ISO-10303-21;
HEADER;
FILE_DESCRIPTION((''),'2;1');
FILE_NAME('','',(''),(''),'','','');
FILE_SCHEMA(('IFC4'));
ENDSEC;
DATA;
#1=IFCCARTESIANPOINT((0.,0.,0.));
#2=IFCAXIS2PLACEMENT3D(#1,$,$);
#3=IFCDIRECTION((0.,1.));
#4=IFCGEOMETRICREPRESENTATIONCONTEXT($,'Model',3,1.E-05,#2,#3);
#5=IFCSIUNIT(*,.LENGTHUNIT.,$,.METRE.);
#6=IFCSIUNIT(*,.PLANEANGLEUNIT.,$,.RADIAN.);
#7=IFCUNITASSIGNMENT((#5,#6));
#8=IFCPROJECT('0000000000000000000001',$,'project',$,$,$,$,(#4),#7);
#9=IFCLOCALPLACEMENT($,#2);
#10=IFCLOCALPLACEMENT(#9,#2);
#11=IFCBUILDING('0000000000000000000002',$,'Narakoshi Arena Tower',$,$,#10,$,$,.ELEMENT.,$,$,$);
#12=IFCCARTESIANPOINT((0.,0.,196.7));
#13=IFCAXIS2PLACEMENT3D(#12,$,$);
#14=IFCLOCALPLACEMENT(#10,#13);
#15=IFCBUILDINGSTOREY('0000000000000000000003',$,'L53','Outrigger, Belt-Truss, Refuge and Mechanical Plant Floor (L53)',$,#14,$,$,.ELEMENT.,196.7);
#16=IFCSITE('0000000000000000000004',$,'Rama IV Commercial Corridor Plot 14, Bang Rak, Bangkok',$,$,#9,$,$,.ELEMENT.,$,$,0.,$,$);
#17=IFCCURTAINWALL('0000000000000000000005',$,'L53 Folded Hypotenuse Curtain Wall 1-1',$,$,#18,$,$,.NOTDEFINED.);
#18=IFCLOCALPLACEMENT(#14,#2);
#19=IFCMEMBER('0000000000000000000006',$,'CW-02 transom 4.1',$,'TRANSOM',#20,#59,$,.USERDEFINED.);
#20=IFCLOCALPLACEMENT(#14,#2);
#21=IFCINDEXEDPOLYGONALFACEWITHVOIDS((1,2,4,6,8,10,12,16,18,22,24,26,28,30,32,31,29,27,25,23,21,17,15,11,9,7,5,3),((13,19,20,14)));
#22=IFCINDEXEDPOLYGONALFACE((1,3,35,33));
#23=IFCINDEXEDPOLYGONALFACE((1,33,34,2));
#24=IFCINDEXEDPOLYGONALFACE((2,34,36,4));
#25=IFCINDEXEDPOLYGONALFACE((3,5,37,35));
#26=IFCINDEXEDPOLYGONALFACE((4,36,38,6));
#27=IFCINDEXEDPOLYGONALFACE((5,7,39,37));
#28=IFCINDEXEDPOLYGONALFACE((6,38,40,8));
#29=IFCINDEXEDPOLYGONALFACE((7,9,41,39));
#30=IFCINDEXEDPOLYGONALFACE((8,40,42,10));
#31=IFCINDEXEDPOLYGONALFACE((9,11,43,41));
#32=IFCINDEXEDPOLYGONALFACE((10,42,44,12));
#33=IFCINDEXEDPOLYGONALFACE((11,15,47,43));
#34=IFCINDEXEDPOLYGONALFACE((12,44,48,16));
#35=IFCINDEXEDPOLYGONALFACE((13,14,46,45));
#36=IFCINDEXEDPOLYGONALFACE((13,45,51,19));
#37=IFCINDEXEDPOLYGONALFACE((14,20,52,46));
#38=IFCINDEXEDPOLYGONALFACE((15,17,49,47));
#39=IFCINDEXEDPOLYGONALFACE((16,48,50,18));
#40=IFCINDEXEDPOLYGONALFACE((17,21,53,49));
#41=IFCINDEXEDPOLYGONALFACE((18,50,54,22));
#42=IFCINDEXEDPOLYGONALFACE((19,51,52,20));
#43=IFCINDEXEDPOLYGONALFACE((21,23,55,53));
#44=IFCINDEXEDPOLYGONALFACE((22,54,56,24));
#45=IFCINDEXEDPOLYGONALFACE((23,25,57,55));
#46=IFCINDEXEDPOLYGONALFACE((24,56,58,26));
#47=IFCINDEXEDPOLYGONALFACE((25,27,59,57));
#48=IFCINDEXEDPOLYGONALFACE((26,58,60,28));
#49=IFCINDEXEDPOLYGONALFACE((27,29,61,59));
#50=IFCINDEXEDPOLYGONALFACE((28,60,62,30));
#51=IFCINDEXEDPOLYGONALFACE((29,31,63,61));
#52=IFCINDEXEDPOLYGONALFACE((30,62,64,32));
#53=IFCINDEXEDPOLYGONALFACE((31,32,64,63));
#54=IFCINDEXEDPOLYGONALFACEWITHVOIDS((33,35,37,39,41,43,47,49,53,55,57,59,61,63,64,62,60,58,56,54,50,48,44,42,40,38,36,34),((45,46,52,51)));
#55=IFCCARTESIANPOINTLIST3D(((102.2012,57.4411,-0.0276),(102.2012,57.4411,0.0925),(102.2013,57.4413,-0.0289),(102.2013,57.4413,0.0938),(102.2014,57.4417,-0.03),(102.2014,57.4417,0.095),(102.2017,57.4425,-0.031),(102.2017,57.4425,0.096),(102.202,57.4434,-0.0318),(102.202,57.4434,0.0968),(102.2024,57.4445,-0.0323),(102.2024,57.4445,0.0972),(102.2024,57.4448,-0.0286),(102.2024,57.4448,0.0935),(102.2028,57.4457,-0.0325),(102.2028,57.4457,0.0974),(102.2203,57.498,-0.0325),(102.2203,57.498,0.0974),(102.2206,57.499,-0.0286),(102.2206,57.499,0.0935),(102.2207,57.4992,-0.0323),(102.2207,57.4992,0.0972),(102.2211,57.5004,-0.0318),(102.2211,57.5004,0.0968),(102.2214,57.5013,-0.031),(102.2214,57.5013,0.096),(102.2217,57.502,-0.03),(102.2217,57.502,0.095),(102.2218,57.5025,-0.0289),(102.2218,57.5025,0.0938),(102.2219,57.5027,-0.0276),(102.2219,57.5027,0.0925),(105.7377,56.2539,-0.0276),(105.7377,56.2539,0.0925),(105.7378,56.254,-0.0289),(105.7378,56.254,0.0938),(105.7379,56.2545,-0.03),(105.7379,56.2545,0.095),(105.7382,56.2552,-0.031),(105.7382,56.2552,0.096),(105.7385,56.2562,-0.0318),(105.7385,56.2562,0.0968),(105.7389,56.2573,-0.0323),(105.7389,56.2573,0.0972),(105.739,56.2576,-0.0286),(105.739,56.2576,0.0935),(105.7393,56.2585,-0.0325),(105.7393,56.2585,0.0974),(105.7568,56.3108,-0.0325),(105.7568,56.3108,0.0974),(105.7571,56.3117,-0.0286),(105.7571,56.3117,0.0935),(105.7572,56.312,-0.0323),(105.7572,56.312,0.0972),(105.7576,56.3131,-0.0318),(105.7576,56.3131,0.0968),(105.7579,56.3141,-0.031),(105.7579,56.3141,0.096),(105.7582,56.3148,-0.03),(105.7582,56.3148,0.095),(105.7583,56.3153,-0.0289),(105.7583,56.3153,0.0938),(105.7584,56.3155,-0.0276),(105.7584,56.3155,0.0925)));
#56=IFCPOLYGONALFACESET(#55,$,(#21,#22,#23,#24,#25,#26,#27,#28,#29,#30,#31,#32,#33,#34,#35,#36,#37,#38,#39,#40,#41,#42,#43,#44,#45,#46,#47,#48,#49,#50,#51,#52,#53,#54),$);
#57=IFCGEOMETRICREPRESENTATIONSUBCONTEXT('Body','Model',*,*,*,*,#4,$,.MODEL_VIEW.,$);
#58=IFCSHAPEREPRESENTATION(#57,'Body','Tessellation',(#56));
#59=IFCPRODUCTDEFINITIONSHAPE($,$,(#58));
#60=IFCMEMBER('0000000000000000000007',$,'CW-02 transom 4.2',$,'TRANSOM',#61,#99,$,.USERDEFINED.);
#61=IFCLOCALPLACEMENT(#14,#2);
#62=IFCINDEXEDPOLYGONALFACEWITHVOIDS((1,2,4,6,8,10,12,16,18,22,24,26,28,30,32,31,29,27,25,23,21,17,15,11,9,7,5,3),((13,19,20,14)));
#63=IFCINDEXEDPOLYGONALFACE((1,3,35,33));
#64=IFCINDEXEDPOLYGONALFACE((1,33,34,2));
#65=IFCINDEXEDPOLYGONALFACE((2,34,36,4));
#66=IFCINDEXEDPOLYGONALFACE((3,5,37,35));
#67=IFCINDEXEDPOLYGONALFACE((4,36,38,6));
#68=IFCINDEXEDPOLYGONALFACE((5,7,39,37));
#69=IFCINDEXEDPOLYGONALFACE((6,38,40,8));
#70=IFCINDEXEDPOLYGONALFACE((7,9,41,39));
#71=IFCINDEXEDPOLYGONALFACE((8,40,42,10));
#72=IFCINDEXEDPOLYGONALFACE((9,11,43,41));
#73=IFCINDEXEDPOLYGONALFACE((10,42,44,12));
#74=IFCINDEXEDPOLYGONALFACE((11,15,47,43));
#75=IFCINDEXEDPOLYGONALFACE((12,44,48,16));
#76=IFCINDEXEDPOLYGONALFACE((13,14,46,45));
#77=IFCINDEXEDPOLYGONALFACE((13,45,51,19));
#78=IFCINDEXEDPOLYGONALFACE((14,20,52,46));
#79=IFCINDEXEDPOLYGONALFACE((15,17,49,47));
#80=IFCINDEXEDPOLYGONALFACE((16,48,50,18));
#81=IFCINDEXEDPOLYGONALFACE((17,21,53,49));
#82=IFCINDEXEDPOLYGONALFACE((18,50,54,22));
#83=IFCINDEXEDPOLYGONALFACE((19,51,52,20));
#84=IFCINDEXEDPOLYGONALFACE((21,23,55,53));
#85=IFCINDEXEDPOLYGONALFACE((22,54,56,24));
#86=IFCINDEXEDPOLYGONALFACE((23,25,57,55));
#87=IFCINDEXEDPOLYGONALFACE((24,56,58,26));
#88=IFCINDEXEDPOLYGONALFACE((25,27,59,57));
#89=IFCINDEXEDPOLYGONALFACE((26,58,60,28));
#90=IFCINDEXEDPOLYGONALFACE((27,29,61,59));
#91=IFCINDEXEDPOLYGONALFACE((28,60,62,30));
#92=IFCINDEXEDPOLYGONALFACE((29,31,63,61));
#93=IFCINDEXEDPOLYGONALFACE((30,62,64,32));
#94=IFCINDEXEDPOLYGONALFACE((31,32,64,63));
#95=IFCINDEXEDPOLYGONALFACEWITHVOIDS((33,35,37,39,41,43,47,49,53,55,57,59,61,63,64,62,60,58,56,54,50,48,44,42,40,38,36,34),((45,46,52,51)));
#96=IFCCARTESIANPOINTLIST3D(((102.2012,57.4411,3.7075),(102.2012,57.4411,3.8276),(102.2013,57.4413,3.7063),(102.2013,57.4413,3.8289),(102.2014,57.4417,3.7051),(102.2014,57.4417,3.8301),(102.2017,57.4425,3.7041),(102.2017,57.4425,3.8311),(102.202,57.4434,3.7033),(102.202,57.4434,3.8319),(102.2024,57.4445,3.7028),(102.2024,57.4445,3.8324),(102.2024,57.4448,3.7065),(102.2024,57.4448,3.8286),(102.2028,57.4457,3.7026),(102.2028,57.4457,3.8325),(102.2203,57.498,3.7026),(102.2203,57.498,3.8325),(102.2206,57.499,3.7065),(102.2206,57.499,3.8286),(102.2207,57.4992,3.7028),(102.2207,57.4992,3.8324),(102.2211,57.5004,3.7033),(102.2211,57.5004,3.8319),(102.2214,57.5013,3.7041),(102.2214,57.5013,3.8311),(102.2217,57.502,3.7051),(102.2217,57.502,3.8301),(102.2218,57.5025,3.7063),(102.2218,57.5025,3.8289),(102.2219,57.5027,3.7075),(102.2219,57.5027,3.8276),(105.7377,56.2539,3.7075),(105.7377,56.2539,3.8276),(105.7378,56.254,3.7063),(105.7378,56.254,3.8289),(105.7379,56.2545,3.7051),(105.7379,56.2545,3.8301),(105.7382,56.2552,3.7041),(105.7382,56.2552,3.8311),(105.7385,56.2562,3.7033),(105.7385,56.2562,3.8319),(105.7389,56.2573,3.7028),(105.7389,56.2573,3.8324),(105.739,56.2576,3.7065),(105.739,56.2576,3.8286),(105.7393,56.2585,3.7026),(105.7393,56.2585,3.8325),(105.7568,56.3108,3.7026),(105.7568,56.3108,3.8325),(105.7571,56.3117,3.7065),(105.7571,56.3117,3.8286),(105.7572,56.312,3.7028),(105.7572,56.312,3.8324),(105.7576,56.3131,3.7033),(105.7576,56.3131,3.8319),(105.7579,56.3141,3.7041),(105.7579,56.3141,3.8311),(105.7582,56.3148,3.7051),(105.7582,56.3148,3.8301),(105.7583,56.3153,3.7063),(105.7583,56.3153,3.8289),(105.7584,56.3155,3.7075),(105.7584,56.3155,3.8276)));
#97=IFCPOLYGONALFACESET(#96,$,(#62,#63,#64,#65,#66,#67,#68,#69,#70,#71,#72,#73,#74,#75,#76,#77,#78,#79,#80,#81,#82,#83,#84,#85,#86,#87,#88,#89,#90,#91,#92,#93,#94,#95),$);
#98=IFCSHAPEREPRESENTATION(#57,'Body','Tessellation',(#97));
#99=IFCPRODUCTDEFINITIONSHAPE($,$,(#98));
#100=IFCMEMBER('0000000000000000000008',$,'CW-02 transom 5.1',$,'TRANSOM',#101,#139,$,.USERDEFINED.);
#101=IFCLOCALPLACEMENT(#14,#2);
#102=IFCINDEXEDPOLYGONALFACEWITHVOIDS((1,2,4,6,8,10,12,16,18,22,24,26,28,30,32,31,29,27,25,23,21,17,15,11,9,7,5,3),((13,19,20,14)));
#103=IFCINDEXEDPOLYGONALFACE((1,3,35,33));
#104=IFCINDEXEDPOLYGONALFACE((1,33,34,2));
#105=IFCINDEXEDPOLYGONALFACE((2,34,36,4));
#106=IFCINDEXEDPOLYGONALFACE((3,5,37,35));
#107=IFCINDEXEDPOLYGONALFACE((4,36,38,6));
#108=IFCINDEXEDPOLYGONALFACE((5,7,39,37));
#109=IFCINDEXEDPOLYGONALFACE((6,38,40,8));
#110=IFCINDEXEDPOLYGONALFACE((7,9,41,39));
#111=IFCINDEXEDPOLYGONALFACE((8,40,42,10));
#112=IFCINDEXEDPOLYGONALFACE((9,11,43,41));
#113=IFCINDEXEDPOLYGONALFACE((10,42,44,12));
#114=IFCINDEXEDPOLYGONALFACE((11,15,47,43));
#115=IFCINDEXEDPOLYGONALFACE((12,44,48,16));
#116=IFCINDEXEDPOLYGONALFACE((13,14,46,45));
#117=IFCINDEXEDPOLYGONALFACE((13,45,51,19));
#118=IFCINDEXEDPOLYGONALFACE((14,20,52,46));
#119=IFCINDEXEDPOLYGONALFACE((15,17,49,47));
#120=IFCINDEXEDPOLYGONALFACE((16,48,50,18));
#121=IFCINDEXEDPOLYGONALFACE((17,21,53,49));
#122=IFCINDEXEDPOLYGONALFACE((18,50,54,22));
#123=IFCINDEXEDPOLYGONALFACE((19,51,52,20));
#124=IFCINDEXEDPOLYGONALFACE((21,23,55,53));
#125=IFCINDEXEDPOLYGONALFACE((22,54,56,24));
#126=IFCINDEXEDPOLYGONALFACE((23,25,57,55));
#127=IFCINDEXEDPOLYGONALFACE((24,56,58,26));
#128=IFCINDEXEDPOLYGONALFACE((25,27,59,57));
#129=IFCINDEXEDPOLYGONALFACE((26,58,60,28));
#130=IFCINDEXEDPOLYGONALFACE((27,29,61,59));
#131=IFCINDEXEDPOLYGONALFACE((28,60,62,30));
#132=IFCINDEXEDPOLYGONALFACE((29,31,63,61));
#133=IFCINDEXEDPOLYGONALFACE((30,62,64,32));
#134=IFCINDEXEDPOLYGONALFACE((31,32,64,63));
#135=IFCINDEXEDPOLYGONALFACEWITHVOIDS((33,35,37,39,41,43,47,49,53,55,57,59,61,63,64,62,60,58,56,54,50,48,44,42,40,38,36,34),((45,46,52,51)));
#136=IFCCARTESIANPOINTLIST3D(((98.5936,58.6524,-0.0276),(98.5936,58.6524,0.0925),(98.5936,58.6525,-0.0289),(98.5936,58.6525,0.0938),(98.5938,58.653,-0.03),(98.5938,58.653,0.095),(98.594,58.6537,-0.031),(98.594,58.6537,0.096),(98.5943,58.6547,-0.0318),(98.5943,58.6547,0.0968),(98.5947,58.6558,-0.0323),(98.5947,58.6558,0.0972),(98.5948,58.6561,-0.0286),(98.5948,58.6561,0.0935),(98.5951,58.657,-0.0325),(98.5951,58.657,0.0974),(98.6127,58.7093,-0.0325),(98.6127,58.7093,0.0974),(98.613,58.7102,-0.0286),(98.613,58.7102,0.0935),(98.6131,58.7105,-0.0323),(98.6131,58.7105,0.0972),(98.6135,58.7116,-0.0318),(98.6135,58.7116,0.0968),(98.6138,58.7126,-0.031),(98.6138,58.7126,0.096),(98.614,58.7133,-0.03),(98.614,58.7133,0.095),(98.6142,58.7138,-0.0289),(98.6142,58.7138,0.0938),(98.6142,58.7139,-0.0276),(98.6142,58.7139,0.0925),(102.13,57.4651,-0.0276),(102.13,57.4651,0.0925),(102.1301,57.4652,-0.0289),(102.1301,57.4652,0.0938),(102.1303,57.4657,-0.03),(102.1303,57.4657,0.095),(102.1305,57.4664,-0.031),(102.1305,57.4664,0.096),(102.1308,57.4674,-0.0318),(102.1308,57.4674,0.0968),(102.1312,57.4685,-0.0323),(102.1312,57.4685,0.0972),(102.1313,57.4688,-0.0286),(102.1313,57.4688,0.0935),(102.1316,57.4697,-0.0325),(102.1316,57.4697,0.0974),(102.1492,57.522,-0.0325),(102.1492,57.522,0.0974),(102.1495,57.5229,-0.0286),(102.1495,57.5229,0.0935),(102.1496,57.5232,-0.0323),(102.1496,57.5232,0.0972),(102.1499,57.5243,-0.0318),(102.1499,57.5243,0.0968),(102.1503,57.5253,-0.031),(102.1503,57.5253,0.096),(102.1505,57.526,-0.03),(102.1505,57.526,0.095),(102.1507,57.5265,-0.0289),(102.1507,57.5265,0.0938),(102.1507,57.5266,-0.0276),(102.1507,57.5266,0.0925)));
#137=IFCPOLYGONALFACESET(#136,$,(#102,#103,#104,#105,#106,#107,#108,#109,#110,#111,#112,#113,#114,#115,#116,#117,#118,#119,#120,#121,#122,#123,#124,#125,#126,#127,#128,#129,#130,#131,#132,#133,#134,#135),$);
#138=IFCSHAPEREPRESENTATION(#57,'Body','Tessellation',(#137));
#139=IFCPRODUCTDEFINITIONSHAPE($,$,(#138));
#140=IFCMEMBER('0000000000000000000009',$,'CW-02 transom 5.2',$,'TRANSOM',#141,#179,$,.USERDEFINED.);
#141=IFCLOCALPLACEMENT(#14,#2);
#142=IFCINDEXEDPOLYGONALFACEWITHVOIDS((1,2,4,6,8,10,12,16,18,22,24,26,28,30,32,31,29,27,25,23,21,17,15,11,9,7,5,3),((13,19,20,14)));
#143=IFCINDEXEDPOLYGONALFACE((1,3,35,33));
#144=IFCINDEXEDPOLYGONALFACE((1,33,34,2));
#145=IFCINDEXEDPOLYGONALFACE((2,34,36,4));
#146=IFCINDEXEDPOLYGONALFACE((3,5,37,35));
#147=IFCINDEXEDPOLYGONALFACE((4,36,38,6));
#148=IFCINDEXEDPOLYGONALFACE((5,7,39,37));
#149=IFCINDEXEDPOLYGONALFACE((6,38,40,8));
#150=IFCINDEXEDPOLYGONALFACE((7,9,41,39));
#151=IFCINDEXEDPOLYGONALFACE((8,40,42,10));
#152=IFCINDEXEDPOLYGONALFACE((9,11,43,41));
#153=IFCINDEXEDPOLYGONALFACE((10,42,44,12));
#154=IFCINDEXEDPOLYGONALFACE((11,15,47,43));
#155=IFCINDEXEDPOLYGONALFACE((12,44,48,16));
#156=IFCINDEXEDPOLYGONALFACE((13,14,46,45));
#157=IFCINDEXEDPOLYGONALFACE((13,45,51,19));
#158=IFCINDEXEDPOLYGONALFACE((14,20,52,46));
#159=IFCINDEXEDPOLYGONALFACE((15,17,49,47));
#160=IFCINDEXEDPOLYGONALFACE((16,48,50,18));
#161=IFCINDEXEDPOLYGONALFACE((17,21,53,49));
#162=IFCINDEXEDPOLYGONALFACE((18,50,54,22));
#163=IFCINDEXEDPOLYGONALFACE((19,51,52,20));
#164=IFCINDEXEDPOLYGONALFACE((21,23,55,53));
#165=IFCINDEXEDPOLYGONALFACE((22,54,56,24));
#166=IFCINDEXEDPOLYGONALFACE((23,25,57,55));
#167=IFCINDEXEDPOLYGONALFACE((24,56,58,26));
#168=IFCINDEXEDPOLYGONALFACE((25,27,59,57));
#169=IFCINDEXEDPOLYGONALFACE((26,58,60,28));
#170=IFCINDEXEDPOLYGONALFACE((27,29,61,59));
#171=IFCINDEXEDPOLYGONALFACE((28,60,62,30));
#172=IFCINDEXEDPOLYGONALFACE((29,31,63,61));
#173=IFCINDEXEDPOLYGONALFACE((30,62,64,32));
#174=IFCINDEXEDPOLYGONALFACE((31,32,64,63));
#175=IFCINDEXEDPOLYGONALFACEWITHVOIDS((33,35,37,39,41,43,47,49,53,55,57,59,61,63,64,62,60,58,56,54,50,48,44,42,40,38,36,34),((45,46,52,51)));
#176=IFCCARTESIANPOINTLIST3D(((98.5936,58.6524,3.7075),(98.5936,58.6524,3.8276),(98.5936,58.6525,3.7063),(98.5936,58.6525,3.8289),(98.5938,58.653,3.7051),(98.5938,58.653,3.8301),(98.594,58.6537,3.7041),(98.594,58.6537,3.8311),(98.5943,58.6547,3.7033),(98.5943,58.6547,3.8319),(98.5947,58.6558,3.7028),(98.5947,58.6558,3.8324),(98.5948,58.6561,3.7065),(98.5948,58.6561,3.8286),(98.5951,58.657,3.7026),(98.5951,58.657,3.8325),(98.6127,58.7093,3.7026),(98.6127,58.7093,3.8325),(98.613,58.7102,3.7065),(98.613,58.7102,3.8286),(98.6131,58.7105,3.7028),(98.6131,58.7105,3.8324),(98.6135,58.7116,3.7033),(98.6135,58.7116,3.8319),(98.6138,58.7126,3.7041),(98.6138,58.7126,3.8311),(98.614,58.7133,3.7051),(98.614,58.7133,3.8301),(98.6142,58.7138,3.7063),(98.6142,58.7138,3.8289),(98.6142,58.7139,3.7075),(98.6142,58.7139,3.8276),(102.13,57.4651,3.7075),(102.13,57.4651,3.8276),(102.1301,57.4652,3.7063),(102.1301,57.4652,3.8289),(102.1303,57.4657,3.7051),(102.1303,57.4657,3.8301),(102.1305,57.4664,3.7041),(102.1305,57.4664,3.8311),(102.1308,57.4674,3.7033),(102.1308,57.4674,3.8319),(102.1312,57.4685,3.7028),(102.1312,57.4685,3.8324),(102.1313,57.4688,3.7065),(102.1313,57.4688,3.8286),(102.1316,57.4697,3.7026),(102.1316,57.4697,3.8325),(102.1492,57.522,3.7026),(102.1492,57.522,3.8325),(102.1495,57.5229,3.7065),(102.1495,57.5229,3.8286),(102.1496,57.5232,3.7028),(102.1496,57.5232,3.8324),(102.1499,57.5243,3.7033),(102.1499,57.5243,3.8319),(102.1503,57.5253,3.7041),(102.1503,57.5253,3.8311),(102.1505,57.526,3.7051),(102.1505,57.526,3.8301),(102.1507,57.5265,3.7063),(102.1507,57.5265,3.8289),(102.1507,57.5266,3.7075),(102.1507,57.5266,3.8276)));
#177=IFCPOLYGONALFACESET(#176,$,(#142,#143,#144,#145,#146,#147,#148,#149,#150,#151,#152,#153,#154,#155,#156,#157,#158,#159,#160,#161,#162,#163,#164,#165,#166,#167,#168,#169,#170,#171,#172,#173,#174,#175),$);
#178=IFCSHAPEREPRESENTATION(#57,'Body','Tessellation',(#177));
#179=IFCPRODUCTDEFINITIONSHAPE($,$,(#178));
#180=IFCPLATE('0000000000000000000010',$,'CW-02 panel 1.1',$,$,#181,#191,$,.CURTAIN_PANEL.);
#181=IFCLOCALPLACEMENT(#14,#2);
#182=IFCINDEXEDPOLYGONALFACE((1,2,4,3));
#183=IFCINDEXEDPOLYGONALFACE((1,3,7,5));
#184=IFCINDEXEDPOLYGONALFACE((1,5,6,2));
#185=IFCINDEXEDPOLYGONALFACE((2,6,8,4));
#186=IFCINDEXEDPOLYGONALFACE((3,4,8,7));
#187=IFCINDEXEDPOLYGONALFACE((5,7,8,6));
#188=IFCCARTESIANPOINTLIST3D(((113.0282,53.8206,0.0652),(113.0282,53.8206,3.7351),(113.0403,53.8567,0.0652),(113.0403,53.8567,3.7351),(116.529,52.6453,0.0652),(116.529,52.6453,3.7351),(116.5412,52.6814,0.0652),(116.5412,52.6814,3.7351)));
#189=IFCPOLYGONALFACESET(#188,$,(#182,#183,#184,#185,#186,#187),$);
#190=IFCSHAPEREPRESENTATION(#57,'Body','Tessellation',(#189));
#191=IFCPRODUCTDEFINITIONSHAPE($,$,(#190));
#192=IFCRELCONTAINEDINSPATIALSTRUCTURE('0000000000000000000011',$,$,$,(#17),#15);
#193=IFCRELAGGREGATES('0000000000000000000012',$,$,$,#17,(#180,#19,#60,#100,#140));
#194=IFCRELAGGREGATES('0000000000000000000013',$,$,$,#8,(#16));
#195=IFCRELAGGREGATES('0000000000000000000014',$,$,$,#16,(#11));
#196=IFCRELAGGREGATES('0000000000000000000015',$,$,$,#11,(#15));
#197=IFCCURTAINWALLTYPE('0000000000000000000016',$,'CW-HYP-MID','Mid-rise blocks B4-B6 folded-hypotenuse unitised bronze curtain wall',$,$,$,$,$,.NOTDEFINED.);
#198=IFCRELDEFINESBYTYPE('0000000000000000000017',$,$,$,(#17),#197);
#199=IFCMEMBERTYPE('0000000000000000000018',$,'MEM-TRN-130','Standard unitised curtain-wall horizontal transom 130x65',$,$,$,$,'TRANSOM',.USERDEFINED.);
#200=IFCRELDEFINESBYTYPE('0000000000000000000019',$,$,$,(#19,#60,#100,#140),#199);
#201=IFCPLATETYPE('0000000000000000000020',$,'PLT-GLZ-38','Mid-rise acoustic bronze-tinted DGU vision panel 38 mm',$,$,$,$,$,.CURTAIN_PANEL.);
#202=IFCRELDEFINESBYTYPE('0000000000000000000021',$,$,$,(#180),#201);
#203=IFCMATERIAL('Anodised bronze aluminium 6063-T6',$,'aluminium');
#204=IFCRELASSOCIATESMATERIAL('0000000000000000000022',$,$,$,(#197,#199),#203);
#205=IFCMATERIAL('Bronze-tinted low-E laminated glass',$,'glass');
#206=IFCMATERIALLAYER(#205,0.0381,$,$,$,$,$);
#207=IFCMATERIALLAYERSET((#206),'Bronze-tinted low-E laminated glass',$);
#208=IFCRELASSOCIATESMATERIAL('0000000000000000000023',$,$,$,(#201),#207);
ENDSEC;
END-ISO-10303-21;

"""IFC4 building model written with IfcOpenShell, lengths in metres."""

from ifc_helpers import new_model, si_unit, direction, frame, origin, origin_2d, place, context, subcontext, project, spatial, rectangle, hollow_rectangle, extrude, material, layer, layer_set, material_profile, profile_set, type_object, element, aggregate, save


model = new_model("IFC4")

# Units and contexts
model_context = context("Model", 3, precision=1e-05, world=origin(), true_north=direction((0.0, 1.0)))
body_context = subcontext(model_context, "Body", "Model", "MODEL_VIEW")
ifc_project = project(units=[si_unit("LENGTHUNIT", "METRE"), si_unit("PLANEANGLEUNIT", "RADIAN")], contexts=[model_context])

# Site, building, storey
site_placement = place(None, origin())
site = spatial("IfcSite", under=ifc_project, at=site_placement, Name="Rama IV Commercial Corridor Plot 14, Bang Rak, Bangkok", CompositionType="ELEMENT", RefElevation=0.0)
building_placement = place(site_placement, origin())
building = spatial("IfcBuilding", under=site, at=building_placement, Name="Narakoshi Arena Tower", CompositionType="ELEMENT")
storey_placement = place(building_placement, frame((0.0, 0.0, 196.7)))
storey = spatial("IfcBuildingStorey", under=building, at=storey_placement, Name="L53", Description="Outrigger, Belt-Truss, Refuge and Mechanical Plant Floor (L53)", CompositionType="ELEMENT", Elevation=196.7)

# Curtain wall, members, plate
ifc_material_1 = material(Name="Anodised bronze aluminium 6063-T6", Category="aluminium")
curtain_wall_type = type_object("IfcCurtainWallType", Name="CW-HYP-MID", Description="Mid-rise blocks B4-B6 folded-hypotenuse unitised bronze curtain wall", PredefinedType="NOTDEFINED", material=ifc_material_1)
curtain_wall_placement = place(storey_placement, origin())
curtain_wall = element("IfcCurtainWall", 1, at=curtain_wall_placement, inside=storey, type_object=curtain_wall_type, Name="L53 Folded Hypotenuse Curtain Wall 1-1", PredefinedType="NOTDEFINED")
ifc_material_profile_1 = material_profile(ifc_material_1, hollow_rectangle(XDim=0.0649, YDim=0.1299, WallThickness=0.0039, OuterFilletRadius=0.0049, at=origin_2d()), Name="TRN130x65x4")
ifc_profile_set_1 = profile_set([ifc_material_profile_1], Name="Anodised bronze aluminium 6063-T6")
member_type_1 = type_object("IfcMemberType", Name="MEM-TRN-130", Description="Standard unitised curtain-wall horizontal transom 130x65", ElementType="TRANSOM", PredefinedType="USERDEFINED", material=ifc_profile_set_1)
member_1_placement = place(storey_placement, frame((105.748, 56.2847, 0.0325), z_axis=(-0.948007, 0.318249, 0.0), x_axis=(-0.318249, -0.948007, 0.0)))
member_1 = element("IfcMember", 2, at=member_1_placement, type_object=member_type_1, Name="CW-02 transom 4.1", ObjectType="TRANSOM", PredefinedType="USERDEFINED", context=body_context, shape_type="SweptSolid", body=[
    extrude(hollow_rectangle(XDim=0.0649, YDim=0.1299, WallThickness=0.0039, OuterFilletRadius=0.0049, at=origin_2d()), origin(), (0.0, 0.0, 1.0), 3.7305),
])
member_2_placement = place(storey_placement, frame((105.748, 56.2847, 3.7676), z_axis=(-0.948007, 0.318249, 0.0), x_axis=(-0.318249, -0.948007, 0.0)))
member_2 = element("IfcMember", 3, at=member_2_placement, type_object=member_type_1, Name="CW-02 transom 4.2", ObjectType="TRANSOM", PredefinedType="USERDEFINED", context=body_context, shape_type="SweptSolid", body=[
    extrude(hollow_rectangle(XDim=0.0649, YDim=0.1299, WallThickness=0.0039, OuterFilletRadius=0.0049, at=origin_2d()), origin(), (0.0, 0.0, 1.0), 3.7305),
])
member_3_placement = place(storey_placement, frame((102.1404, 57.4958, 0.0325), z_axis=(-0.948, 0.318269, 0.0), x_axis=(-0.318269, -0.948, 0.0)))
member_3 = element("IfcMember", 4, at=member_3_placement, type_object=member_type_1, Name="CW-02 transom 5.1", ObjectType="TRANSOM", PredefinedType="USERDEFINED", context=body_context, shape_type="SweptSolid", body=[
    extrude(hollow_rectangle(XDim=0.0649, YDim=0.1299, WallThickness=0.0039, OuterFilletRadius=0.0049, at=origin_2d()), origin(), (0.0, 0.0, 1.0), 3.7305),
])
member_4_placement = place(storey_placement, frame((102.1404, 57.4958, 3.7676), z_axis=(-0.948, 0.318269, 0.0), x_axis=(-0.318269, -0.948, 0.0)))
member_4 = element("IfcMember", 5, at=member_4_placement, type_object=member_type_1, Name="CW-02 transom 5.2", ObjectType="TRANSOM", PredefinedType="USERDEFINED", context=body_context, shape_type="SweptSolid", body=[
    extrude(hollow_rectangle(XDim=0.0649, YDim=0.1299, WallThickness=0.0039, OuterFilletRadius=0.0049, at=origin_2d()), origin(), (0.0, 0.0, 1.0), 3.7305),
])
ifc_material_2 = material(Name="Bronze-tinted low-E laminated glass", Category="glass")
ifc_layer_1 = layer(ifc_material_2, 0.0381)
ifc_layer_set_1 = layer_set([ifc_layer_1], Name="Bronze-tinted low-E laminated glass")
plate_type = type_object("IfcPlateType", Name="PLT-GLZ-38", Description="Mid-rise acoustic bronze-tinted DGU vision panel 38 mm", PredefinedType="CURTAIN_PANEL", material=ifc_layer_set_1)
plate_1_placement = place(storey_placement, frame((114.7847, 53.251, 0.0652), z_axis=(0.0, 0.0, 1.0), x_axis=(-0.948003, 0.318261, 0.0)))
plate_1 = element("IfcPlate", 6, at=plate_1_placement, type_object=plate_type, Name="CW-02 panel 1.1", PredefinedType="CURTAIN_PANEL", context=body_context, shape_type="SweptSolid", body=[
    extrude(rectangle(XDim=3.6929, YDim=0.0381, at=origin_2d()), origin(), (0.0, 0.0, 1.0), 3.6699),
])
aggregate(curtain_wall, [plate_1, member_1, member_2, member_3, member_4])

save(model, "model.ifc")
